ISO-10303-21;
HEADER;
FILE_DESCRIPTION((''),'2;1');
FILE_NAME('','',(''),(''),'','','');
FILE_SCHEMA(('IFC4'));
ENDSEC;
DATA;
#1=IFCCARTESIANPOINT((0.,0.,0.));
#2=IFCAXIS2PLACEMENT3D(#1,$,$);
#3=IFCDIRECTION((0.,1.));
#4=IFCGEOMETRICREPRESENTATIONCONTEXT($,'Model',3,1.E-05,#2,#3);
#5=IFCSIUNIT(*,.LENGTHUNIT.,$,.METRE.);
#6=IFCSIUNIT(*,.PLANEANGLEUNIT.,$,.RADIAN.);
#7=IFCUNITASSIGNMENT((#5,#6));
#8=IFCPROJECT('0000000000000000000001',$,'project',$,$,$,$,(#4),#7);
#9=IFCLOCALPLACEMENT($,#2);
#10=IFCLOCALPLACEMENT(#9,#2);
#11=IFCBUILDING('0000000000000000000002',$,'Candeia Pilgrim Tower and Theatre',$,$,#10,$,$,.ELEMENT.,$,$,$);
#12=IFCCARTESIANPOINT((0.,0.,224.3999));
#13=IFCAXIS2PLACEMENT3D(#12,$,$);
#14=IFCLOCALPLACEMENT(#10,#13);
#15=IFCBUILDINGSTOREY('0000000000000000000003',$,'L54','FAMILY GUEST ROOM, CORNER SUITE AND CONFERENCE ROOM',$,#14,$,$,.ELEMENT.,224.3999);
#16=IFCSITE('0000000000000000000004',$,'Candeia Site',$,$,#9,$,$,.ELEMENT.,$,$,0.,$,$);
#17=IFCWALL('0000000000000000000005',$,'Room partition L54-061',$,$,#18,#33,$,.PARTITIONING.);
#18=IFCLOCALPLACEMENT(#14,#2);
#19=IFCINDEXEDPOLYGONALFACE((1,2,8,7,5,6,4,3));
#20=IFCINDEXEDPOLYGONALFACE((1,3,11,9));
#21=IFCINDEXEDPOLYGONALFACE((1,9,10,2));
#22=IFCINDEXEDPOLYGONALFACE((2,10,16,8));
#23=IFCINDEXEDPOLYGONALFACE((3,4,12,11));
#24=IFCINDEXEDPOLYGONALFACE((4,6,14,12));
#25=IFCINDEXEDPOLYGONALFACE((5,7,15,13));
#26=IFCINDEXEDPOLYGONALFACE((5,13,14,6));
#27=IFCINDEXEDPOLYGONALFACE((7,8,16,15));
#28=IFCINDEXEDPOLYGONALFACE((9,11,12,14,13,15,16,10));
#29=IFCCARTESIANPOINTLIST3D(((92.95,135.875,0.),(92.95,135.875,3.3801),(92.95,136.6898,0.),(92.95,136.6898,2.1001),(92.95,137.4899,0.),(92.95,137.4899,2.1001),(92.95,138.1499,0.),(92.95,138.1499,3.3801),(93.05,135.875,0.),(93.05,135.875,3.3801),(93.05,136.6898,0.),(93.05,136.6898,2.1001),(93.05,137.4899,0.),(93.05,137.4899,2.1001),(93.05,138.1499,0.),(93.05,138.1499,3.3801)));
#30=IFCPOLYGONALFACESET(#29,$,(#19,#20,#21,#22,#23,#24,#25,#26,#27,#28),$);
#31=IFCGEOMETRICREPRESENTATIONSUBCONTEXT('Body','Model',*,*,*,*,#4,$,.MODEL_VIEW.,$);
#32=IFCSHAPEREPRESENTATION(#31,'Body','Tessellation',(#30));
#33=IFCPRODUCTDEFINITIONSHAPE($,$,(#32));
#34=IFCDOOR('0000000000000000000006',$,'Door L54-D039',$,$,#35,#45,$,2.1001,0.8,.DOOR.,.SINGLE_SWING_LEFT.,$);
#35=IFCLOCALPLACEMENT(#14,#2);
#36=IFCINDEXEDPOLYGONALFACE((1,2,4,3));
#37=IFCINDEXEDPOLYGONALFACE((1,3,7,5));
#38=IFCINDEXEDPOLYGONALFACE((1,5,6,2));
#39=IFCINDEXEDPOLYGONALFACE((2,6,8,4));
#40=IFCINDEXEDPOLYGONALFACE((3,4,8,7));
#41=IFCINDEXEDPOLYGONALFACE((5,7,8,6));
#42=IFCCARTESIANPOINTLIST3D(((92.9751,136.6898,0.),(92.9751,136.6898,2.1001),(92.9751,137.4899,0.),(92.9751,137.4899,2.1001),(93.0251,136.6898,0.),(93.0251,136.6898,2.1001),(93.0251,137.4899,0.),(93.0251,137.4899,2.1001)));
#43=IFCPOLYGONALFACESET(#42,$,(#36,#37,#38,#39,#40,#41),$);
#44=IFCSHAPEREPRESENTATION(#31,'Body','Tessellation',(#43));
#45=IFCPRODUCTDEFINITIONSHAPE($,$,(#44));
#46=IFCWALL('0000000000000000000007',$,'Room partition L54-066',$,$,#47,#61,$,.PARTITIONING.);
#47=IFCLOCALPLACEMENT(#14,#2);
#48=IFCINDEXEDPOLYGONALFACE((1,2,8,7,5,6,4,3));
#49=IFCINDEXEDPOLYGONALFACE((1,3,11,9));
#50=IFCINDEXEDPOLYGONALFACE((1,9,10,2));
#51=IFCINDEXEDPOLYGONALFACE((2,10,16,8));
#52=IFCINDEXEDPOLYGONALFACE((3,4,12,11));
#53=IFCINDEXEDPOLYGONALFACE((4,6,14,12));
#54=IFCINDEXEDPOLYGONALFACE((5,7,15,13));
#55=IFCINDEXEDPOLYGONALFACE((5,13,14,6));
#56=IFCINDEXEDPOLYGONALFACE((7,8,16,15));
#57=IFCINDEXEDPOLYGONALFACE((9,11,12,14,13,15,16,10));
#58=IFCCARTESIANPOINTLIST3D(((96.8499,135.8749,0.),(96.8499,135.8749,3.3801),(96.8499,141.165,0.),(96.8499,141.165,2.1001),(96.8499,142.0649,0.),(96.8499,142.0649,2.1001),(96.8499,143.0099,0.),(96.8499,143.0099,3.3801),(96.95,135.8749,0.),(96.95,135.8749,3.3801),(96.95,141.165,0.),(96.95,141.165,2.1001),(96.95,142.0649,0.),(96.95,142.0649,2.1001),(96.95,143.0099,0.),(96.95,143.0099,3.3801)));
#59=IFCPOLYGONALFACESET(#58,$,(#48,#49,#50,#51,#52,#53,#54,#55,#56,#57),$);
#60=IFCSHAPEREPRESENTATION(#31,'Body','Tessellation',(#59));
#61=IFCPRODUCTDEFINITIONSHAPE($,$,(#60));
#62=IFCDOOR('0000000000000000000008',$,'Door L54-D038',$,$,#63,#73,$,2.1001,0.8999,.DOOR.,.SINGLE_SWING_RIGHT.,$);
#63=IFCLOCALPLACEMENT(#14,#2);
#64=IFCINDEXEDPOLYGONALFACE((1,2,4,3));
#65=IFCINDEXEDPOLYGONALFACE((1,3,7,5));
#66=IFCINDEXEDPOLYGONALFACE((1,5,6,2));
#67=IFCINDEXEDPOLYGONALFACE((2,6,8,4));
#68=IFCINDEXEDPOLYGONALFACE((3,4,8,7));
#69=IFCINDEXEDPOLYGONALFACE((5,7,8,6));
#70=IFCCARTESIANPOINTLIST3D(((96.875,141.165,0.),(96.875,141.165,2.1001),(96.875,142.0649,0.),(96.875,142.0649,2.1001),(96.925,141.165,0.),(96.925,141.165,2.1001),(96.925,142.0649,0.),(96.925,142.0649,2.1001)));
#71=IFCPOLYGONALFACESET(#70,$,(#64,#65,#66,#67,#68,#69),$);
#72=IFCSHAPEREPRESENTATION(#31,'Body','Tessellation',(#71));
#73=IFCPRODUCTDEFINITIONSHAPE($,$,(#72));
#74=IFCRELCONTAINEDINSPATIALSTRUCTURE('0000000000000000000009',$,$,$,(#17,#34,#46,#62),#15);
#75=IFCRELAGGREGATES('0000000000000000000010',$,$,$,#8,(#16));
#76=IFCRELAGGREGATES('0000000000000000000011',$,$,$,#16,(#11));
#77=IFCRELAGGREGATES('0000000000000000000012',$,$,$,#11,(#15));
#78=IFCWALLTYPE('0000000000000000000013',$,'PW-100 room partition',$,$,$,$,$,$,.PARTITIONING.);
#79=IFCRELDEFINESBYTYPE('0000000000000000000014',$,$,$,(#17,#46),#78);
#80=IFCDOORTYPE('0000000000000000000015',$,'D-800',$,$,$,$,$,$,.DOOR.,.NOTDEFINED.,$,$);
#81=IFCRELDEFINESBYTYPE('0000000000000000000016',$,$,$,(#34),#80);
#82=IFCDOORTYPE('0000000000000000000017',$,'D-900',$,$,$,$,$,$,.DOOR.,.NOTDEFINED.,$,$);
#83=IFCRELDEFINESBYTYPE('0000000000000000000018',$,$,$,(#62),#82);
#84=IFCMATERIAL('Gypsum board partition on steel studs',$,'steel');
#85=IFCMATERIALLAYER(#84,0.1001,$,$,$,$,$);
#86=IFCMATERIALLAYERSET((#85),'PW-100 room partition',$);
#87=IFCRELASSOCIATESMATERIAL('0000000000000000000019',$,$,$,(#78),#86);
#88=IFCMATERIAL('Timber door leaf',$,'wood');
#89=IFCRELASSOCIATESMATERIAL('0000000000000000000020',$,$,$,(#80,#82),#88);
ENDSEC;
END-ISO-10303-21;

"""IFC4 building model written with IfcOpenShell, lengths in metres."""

from ifc_helpers import new_model, si_unit, direction, frame, frame_2d, origin, place, context, subcontext, project, spatial, rectangle, extrude, material, layer, layer_set, type_object, element, fill, save


model = new_model("IFC4")

# Units and contexts
model_context = context("Model", 3, precision=1e-05, world=origin(), true_north=direction((0.0, 1.0)))
body_context = subcontext(model_context, "Body", "Model", "MODEL_VIEW")
ifc_project = project(units=[si_unit("LENGTHUNIT", "METRE"), si_unit("PLANEANGLEUNIT", "RADIAN")], contexts=[model_context])

# Site, building, storey
site_placement = place(None, origin())
site = spatial("IfcSite", under=ifc_project, at=site_placement, Name="Candeia Site", CompositionType="ELEMENT", RefElevation=0.0)
building_placement = place(site_placement, origin())
building = spatial("IfcBuilding", under=site, at=building_placement, Name="Candeia Pilgrim Tower and Theatre", CompositionType="ELEMENT")
storey_placement = place(building_placement, frame((0.0, 0.0, 224.3999)))
storey = spatial("IfcBuildingStorey", under=building, at=storey_placement, Name="L54", Description="FAMILY GUEST ROOM, CORNER SUITE AND CONFERENCE ROOM", CompositionType="ELEMENT", Elevation=224.3999)

# Shared definitions
ifc_material_1 = material(Name="Gypsum board partition on steel studs", Category="steel")
ifc_layer_1 = layer(ifc_material_1, 0.1001)
ifc_layer_set_1 = layer_set([ifc_layer_1], Name="PW-100 room partition")
wall_type_1 = type_object("IfcWallType", Name="PW-100 room partition", PredefinedType="PARTITIONING", material=ifc_layer_set_1)

# Walls, openings, doors
wall_1_placement = place(storey_placement, frame((93.0, 135.875, 0.0), z_axis=(0.0, 0.0, 1.0), x_axis=(0.0, 1.0, 0.0)))
wall_1 = element("IfcWall", 1, at=wall_1_placement, inside=storey, type_object=wall_type_1, Name="Room partition L54-061", PredefinedType="PARTITIONING", context=body_context, shape_type="SweptSolid", body=[
    extrude(rectangle(XDim=2.2749, YDim=0.1001, at=frame_2d((1.1375, 0.0))), origin(), (0.0, 0.0, 1.0), 3.3801),
])
opening_1_placement = place(wall_1_placement, frame((0.8149, 0.0, 0.0)))
opening_1 = element("IfcOpeningElement", 2, at=opening_1_placement, cuts=wall_1, PredefinedType="OPENING", context=body_context, shape_type="SweptSolid", body=[
    extrude(rectangle(XDim=0.8, YDim=2.1001, at=frame_2d((0.3999, 1.05))), frame((0.0, 0.0601, 0.0), z_axis=(0.0, -1.0, 0.0), x_axis=(1.0, 0.0, 0.0)), (0.0, 0.0, 1.0), 0.1201),
])
ifc_material_2 = material(Name="Timber door leaf", Category="wood")
door_type_1 = type_object("IfcDoorType", Name="D-800", OperationType="NOTDEFINED", PredefinedType="DOOR", material=ifc_material_2)
door_1_placement = place(opening_1_placement, origin())
door_1 = element("IfcDoor", 3, at=door_1_placement, inside=storey, type_object=door_type_1, Name="Door L54-D039", OperationType="SINGLE_SWING_LEFT", OverallHeight=2.1001, OverallWidth=0.8, PredefinedType="DOOR", context=body_context, shape_type="SweptSolid", body=[
    extrude(rectangle(XDim=0.8, YDim=2.1001, at=frame_2d((0.3999, 1.05))), frame((0.0, 0.0249, 0.0), z_axis=(0.0, -1.0, 0.0), x_axis=(1.0, 0.0, 0.0)), (0.0, 0.0, 1.0), 0.05),
])
fill(opening_1, door_1)
wall_2_placement = place(storey_placement, frame((96.8999, 135.875, 0.0), z_axis=(0.0, 0.0, 1.0), x_axis=(0.0, 1.0, 0.0)))
wall_2 = element("IfcWall", 4, at=wall_2_placement, inside=storey, type_object=wall_type_1, Name="Room partition L54-066", PredefinedType="PARTITIONING", context=body_context, shape_type="SweptSolid", body=[
    extrude(rectangle(XDim=7.135, YDim=0.1001, at=frame_2d((3.5674, 0.0))), origin(), (0.0, 0.0, 1.0), 3.3801),
])
opening_2_placement = place(wall_2_placement, frame((5.29, 0.0, 0.0)))
opening_2 = element("IfcOpeningElement", 5, at=opening_2_placement, cuts=wall_2, PredefinedType="OPENING", context=body_context, shape_type="SweptSolid", body=[
    extrude(rectangle(XDim=0.8999, YDim=2.1001, at=frame_2d((0.45, 1.05))), frame((0.0, 0.0601, 0.0), z_axis=(0.0, -1.0, 0.0), x_axis=(1.0, 0.0, 0.0)), (0.0, 0.0, 1.0), 0.1201),
])
door_type_2 = type_object("IfcDoorType", Name="D-900", OperationType="NOTDEFINED", PredefinedType="DOOR", material=ifc_material_2)
door_2_placement = place(opening_2_placement, origin())
door_2 = element("IfcDoor", 6, at=door_2_placement, inside=storey, type_object=door_type_2, Name="Door L54-D038", OperationType="SINGLE_SWING_RIGHT", OverallHeight=2.1001, OverallWidth=0.8999, PredefinedType="DOOR", context=body_context, shape_type="SweptSolid", body=[
    extrude(rectangle(XDim=0.8999, YDim=2.1001, at=frame_2d((0.45, 1.05))), frame((0.0, 0.0249, 0.0), z_axis=(0.0, -1.0, 0.0), x_axis=(1.0, 0.0, 0.0)), (0.0, 0.0, 1.0), 0.05),
])
fill(opening_2, door_2)

save(model, "model.ifc")
